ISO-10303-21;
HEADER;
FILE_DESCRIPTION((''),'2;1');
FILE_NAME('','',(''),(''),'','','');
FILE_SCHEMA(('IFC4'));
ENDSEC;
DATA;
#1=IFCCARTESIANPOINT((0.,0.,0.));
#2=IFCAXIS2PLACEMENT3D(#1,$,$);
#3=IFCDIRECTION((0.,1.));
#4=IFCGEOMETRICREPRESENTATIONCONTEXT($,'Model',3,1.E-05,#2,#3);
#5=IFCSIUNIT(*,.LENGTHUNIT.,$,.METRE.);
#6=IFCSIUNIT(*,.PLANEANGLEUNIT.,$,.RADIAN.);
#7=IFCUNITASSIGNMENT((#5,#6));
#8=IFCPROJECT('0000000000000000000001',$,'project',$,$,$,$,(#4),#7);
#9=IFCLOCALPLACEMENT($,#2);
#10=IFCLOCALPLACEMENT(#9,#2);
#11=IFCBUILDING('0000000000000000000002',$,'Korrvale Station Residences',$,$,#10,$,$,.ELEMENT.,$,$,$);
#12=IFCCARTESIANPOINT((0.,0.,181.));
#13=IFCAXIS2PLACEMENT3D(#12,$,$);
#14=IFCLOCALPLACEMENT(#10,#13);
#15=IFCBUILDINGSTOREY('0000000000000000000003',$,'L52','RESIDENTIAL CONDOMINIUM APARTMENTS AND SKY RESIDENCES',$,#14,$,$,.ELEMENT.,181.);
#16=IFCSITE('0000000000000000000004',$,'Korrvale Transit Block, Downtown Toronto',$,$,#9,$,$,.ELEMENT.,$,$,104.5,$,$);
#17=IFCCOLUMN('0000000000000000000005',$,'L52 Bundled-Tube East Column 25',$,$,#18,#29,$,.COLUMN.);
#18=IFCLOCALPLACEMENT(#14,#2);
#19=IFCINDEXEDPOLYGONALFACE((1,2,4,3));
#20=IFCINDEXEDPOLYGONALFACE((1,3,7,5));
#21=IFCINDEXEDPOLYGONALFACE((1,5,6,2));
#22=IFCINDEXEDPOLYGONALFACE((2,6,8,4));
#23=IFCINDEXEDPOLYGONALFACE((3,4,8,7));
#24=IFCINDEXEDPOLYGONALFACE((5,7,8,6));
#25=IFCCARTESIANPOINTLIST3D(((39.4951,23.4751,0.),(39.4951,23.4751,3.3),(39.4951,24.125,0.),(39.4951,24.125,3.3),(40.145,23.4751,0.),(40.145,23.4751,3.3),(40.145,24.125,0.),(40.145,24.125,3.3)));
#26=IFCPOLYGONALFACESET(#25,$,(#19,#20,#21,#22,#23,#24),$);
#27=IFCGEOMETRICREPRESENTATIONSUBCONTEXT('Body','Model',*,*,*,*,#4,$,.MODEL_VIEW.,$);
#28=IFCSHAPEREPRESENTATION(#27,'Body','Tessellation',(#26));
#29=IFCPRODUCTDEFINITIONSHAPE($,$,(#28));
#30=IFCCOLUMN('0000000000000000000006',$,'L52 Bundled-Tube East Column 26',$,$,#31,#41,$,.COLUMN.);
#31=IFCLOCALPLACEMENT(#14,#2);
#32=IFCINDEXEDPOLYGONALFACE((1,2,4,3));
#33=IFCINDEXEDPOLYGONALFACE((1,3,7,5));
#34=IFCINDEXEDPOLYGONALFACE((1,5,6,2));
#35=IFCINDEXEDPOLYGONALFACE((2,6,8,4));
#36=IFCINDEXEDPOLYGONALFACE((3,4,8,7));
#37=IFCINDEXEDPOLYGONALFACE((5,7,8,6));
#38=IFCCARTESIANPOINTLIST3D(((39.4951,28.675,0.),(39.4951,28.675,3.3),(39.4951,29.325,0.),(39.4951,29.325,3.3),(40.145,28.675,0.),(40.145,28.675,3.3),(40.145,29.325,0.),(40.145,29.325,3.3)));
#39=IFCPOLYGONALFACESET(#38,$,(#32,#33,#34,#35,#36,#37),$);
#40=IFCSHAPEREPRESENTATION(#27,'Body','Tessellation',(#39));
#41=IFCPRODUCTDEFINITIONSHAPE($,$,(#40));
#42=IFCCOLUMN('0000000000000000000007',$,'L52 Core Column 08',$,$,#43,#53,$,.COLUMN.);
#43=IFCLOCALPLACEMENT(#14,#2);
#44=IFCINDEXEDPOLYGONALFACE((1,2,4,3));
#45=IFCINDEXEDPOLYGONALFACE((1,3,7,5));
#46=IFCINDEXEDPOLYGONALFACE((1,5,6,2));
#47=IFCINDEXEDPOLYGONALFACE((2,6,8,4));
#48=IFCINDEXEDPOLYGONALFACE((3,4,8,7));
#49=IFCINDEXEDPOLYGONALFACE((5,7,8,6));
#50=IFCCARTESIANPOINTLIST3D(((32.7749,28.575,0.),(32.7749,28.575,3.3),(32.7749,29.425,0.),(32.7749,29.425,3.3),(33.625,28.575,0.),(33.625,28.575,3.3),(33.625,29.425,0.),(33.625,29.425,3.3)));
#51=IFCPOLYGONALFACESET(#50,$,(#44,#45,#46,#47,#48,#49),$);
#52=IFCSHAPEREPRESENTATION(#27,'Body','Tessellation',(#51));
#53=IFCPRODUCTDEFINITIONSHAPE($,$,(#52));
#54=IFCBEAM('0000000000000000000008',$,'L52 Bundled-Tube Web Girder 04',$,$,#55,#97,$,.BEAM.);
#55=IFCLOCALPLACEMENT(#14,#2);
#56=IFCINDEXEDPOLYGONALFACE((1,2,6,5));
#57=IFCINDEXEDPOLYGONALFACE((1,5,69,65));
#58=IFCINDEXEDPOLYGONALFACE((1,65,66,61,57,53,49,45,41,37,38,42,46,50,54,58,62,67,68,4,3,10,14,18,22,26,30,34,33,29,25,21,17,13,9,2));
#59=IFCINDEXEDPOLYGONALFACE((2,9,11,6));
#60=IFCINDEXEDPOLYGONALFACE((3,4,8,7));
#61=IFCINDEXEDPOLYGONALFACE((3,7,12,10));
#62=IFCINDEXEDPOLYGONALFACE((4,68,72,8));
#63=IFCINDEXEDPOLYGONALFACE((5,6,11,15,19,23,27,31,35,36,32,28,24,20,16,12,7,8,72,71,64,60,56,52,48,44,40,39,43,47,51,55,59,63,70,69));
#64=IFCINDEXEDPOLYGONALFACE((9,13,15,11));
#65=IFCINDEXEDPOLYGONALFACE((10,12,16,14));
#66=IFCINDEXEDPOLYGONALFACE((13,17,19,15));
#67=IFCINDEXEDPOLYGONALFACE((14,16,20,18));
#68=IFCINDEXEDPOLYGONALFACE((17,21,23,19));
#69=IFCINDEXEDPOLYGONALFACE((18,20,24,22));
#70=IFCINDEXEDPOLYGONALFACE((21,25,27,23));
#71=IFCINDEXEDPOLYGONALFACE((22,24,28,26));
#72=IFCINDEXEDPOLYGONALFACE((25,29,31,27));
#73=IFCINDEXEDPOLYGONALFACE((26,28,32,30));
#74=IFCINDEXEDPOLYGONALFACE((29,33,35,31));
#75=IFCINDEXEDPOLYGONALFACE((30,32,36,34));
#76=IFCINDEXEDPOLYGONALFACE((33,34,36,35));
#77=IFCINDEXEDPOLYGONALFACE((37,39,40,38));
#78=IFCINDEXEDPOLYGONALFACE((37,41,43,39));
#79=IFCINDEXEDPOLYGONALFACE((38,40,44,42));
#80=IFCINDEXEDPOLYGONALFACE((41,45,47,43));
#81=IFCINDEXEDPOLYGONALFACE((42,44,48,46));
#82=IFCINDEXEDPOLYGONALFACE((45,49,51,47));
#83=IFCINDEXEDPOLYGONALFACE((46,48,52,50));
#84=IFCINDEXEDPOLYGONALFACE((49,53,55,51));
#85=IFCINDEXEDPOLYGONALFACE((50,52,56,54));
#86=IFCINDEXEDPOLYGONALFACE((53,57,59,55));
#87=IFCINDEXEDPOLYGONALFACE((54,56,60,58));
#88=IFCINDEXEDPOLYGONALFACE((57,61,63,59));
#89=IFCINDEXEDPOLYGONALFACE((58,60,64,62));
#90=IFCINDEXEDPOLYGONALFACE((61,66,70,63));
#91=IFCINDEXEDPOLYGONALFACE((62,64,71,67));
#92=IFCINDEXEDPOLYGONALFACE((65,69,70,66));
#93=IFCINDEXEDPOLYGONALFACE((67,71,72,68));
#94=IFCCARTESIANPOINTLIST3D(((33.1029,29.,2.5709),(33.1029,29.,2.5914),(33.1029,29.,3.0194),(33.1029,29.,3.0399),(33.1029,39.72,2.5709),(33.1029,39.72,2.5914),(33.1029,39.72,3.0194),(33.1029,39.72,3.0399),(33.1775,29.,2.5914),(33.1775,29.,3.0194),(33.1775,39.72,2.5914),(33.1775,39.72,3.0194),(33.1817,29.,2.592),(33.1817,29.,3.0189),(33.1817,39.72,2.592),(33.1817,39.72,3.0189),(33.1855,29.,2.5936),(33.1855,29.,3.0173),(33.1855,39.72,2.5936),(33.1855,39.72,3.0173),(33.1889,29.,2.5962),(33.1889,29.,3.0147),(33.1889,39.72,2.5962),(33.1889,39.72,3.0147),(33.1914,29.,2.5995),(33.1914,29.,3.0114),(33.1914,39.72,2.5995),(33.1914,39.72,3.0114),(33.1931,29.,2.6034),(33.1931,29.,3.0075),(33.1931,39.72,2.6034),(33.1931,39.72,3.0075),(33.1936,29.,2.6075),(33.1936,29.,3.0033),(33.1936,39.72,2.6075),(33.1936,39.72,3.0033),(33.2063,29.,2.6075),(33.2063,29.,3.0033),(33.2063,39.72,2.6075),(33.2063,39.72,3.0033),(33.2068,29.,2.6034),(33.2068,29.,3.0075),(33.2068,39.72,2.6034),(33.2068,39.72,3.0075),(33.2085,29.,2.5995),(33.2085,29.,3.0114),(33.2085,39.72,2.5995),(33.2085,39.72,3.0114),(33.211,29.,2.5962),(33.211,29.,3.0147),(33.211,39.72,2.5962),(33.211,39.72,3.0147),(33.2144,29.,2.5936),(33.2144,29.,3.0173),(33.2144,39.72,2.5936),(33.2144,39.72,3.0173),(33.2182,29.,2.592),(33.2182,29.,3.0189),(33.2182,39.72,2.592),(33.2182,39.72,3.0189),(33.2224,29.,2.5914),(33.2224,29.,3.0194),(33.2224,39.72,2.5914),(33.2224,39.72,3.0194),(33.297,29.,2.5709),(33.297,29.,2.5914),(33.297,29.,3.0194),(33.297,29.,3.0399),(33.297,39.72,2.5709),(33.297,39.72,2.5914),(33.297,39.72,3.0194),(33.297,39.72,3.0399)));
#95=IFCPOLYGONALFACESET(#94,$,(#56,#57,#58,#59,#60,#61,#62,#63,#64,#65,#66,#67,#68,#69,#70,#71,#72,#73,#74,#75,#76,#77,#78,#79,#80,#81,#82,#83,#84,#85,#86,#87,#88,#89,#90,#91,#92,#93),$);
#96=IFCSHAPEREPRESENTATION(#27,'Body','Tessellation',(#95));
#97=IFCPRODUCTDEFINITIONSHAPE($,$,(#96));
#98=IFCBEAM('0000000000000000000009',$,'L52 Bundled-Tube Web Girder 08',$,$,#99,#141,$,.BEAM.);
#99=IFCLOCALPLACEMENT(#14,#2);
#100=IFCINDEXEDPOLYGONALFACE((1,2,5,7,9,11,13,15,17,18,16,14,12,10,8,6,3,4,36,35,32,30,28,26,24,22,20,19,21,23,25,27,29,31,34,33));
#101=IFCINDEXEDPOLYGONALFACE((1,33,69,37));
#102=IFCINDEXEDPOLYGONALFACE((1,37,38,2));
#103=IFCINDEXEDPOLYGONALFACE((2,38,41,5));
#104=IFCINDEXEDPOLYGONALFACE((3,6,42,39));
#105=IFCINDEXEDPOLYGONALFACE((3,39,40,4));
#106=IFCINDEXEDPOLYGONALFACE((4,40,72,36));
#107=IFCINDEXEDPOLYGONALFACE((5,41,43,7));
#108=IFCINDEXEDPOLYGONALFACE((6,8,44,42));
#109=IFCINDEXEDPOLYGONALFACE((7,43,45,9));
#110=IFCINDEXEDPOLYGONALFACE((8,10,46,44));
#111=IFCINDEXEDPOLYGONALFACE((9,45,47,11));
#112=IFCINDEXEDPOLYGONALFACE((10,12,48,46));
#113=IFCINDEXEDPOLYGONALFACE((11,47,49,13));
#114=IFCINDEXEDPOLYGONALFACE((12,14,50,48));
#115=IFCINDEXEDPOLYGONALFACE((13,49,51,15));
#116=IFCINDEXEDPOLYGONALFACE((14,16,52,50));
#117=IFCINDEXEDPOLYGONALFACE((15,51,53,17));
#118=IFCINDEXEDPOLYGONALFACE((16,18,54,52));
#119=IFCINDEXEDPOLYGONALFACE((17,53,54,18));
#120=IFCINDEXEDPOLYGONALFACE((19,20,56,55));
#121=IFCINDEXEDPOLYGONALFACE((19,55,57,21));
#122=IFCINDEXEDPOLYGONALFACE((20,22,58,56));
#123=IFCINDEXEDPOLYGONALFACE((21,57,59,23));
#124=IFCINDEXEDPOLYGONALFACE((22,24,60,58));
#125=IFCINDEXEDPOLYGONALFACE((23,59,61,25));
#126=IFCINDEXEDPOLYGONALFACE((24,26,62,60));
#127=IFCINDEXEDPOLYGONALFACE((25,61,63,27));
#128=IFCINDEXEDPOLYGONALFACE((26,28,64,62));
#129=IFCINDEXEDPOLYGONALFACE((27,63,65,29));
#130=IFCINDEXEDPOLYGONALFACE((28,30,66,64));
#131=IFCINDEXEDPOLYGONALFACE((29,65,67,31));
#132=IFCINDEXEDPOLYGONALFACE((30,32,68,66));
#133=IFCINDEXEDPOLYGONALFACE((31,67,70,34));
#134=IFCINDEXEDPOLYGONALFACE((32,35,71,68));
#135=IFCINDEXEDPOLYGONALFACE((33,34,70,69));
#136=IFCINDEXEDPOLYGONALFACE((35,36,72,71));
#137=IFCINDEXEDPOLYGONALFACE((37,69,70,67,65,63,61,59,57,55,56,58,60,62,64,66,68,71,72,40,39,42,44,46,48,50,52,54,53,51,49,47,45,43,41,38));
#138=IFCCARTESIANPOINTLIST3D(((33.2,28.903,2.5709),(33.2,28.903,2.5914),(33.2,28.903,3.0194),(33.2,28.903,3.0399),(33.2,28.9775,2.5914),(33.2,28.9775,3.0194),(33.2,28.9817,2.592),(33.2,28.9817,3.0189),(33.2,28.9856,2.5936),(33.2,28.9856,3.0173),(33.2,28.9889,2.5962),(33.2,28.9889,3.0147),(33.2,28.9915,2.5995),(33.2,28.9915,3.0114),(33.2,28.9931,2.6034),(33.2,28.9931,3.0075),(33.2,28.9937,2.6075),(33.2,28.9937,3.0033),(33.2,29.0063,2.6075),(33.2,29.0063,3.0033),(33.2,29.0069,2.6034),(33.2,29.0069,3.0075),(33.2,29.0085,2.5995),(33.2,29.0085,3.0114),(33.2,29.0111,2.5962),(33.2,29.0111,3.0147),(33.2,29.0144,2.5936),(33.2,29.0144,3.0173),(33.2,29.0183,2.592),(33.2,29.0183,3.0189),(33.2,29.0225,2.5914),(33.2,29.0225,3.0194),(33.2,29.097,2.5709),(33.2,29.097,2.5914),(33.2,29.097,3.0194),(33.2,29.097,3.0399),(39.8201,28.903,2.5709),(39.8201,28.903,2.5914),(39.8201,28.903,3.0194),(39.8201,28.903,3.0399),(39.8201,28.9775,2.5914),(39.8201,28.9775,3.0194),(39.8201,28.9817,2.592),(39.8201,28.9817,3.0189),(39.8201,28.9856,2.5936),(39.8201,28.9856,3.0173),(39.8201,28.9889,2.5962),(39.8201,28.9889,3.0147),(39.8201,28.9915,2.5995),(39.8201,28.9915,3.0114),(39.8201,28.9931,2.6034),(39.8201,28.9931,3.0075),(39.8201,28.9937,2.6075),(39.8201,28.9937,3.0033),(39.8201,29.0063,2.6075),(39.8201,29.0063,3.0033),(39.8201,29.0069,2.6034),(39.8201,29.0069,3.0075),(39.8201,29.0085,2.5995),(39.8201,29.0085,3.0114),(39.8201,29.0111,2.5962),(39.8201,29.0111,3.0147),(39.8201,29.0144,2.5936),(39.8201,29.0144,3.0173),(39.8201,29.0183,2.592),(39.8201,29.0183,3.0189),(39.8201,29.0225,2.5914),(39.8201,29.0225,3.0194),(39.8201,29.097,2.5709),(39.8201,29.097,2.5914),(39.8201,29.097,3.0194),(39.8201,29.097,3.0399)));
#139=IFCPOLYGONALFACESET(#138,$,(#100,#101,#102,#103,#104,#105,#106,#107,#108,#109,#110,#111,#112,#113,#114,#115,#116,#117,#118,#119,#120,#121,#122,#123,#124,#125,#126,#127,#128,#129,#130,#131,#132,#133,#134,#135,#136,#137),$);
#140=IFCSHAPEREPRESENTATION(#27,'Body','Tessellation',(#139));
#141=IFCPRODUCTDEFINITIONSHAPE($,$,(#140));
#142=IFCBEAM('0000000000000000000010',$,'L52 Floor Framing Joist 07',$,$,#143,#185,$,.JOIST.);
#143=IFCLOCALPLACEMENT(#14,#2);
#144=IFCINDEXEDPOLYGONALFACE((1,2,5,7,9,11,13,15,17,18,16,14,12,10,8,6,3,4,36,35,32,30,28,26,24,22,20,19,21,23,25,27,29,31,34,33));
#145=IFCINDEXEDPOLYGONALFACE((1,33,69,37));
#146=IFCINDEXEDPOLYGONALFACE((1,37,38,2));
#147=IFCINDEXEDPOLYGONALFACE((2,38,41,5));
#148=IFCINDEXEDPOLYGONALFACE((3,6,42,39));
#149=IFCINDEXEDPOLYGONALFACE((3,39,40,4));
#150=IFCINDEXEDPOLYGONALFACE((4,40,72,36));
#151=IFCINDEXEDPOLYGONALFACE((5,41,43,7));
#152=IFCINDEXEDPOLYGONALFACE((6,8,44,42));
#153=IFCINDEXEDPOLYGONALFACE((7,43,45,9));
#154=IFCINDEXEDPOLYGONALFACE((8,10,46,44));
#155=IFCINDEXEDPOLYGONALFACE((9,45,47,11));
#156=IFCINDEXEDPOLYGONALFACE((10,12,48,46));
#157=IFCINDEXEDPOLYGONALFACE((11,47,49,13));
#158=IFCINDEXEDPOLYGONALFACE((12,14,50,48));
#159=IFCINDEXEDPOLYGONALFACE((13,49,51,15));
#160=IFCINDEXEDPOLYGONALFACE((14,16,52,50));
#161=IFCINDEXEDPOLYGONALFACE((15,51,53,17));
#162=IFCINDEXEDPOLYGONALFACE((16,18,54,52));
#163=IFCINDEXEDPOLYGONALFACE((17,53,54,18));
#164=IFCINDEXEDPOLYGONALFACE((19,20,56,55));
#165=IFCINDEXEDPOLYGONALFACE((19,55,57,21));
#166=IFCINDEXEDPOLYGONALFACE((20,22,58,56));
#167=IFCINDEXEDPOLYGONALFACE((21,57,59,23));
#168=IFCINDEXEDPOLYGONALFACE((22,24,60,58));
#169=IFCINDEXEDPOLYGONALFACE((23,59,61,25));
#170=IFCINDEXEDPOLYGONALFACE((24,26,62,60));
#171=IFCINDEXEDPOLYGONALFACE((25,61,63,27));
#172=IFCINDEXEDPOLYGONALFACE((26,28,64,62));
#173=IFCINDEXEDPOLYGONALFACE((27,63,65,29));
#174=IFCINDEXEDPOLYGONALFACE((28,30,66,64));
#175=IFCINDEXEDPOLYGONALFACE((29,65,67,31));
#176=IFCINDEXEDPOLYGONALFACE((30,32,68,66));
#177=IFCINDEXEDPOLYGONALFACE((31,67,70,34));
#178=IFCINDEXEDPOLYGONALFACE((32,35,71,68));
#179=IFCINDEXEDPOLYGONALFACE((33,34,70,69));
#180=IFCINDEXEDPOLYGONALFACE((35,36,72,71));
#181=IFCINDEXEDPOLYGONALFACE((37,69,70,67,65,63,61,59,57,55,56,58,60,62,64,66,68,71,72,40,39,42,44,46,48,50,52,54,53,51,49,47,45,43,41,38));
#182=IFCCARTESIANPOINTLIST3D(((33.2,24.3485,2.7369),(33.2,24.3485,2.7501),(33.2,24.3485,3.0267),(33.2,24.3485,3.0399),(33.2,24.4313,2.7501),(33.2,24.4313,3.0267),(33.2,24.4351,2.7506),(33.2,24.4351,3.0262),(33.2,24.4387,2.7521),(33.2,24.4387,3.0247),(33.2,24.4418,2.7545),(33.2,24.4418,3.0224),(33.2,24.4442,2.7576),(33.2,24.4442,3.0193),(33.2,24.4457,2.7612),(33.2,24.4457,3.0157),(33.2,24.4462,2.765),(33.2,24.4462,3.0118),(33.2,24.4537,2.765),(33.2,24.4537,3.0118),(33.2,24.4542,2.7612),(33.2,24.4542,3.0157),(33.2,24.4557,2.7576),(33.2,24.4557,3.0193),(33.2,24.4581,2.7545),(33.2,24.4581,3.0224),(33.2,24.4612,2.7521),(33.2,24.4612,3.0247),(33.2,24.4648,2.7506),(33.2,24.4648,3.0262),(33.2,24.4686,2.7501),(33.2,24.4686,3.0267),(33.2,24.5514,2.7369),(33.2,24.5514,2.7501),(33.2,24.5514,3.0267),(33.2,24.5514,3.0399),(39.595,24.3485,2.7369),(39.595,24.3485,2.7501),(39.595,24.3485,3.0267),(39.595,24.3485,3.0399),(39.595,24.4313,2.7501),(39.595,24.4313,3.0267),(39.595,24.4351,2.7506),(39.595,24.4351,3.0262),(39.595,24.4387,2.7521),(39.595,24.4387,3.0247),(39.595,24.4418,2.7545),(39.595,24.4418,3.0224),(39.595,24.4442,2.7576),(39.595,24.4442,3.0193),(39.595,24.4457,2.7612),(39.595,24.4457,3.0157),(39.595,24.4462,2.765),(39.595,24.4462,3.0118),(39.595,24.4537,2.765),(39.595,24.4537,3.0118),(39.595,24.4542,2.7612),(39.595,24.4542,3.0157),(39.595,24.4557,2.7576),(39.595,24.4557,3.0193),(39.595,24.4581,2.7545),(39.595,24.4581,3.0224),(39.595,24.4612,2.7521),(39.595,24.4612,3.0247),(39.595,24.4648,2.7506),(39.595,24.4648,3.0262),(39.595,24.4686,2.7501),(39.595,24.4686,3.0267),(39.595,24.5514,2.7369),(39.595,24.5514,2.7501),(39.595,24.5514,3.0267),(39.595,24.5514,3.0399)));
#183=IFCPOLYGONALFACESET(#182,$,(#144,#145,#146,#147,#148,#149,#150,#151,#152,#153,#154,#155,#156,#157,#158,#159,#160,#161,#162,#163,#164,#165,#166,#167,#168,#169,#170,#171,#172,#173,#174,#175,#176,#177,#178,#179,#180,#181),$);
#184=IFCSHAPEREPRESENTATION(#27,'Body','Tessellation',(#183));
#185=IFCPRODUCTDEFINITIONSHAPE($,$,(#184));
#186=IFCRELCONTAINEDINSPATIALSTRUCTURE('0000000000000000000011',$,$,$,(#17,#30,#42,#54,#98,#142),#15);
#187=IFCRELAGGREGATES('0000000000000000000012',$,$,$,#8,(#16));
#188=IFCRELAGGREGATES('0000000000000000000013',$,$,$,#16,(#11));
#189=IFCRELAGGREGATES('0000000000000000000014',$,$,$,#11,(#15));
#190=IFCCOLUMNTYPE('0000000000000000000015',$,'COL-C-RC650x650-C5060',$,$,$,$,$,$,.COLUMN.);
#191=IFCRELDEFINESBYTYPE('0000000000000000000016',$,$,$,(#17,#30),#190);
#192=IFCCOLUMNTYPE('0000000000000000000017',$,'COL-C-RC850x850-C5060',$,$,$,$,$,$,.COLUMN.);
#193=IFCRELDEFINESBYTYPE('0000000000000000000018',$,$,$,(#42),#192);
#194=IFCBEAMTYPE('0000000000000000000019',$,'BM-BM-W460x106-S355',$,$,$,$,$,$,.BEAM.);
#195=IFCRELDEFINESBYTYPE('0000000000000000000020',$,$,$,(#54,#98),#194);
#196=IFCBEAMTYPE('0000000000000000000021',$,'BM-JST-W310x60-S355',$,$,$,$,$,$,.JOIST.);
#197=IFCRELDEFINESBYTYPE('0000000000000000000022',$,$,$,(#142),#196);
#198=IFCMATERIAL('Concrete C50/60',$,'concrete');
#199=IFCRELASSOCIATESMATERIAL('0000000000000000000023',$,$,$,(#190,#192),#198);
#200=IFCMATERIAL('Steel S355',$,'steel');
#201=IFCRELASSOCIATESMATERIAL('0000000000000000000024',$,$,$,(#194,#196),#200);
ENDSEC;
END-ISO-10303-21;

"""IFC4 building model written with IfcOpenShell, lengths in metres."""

from ifc_helpers import new_model, si_unit, direction, frame, origin, origin_2d, place, context, subcontext, project, spatial, rectangle, i_section, extrude, material, material_profile, profile_set, type_object, element, save


model = new_model("IFC4")

# Units and contexts
model_context = context("Model", 3, precision=1e-05, world=origin(), true_north=direction((0.0, 1.0)))
body_context = subcontext(model_context, "Body", "Model", "MODEL_VIEW")
ifc_project = project(units=[si_unit("LENGTHUNIT", "METRE"), si_unit("PLANEANGLEUNIT", "RADIAN")], contexts=[model_context])

# Site, building, storey
site_placement = place(None, origin())
site = spatial("IfcSite", under=ifc_project, at=site_placement, Name="Korrvale Transit Block, Downtown Toronto", CompositionType="ELEMENT", RefElevation=104.5)
building_placement = place(site_placement, origin())
building = spatial("IfcBuilding", under=site, at=building_placement, Name="Korrvale Station Residences", CompositionType="ELEMENT")
storey_placement = place(building_placement, frame((0.0, 0.0, 181.0)))
storey = spatial("IfcBuildingStorey", under=building, at=storey_placement, Name="L52", Description="RESIDENTIAL CONDOMINIUM APARTMENTS AND SKY RESIDENCES", CompositionType="ELEMENT", Elevation=181.0)

# Columns
ifc_material_1 = material(Name="Concrete C50/60", Category="concrete")
ifc_material_profile_1 = material_profile(ifc_material_1, rectangle(XDim=0.6499, YDim=0.6499, at=origin_2d()), Name="RC650x650")
ifc_profile_set_1 = profile_set([ifc_material_profile_1], Name="Concrete C50/60")
column_type_1 = type_object("IfcColumnType", Name="COL-C-RC650x650-C5060", PredefinedType="COLUMN", material=ifc_profile_set_1)
for number, where, z_axis, x_axis, name in (
    (1, (39.8201, 23.8, 0.0), (0.0, 0.0, 1.0), (1.0, 0.0, 0.0), "L52 Bundled-Tube East Column 25"),
    (2, (39.8201, 29.0, 0.0), (0.0, 0.0, 1.0), (1.0, 0.0, 0.0), "L52 Bundled-Tube East Column 26"),
):
    element("IfcColumn", number, at=place(storey_placement, frame(where, z_axis=z_axis, x_axis=x_axis)), inside=storey, type_object=column_type_1, Name=name, PredefinedType="COLUMN", context=body_context, shape_type="SweptSolid", body=[
        extrude(rectangle(XDim=0.6499, YDim=0.6499, at=origin_2d()), origin(), (0.0, 0.0, 1.0), 3.3),
    ])
ifc_material_profile_2 = material_profile(ifc_material_1, rectangle(XDim=0.8501, YDim=0.8501, at=origin_2d()), Name="RC850x850")
ifc_profile_set_2 = profile_set([ifc_material_profile_2], Name="Concrete C50/60")
column_type_2 = type_object("IfcColumnType", Name="COL-C-RC850x850-C5060", PredefinedType="COLUMN", material=ifc_profile_set_2)
column_placement = place(storey_placement, frame((33.2, 29.0, 0.0), z_axis=(0.0, 0.0, 1.0), x_axis=(1.0, 0.0, 0.0)))
element("IfcColumn", 3, at=column_placement, inside=storey, type_object=column_type_2, Name="L52 Core Column 08", PredefinedType="COLUMN", context=body_context, shape_type="SweptSolid", body=[
    extrude(rectangle(XDim=0.8501, YDim=0.8501, at=origin_2d()), origin(), (0.0, 0.0, 1.0), 3.3),
])

# Beams
ifc_material_2 = material(Name="Steel S355", Category="steel")
ifc_material_profile_3 = material_profile(ifc_material_2, i_section(OverallWidth=0.1941, OverallDepth=0.469, WebThickness=0.0127, FlangeThickness=0.0205, FilletRadius=0.0161, at=origin_2d()), Name="W460x106")
ifc_profile_set_3 = profile_set([ifc_material_profile_3], Name="Steel S355")
beam_type_1 = type_object("IfcBeamType", Name="BM-BM-W460x106-S355", PredefinedType="BEAM", material=ifc_profile_set_3)
beam_1_placement = place(storey_placement, frame((33.2, 29.0, 2.8054), z_axis=(0.0, 1.0, 0.0), x_axis=(-1.0, 0.0, 0.0)))
element("IfcBeam", 4, at=beam_1_placement, inside=storey, type_object=beam_type_1, Name="L52 Bundled-Tube Web Girder 04", PredefinedType="BEAM", context=body_context, shape_type="SweptSolid", body=[
    extrude(i_section(OverallWidth=0.1941, OverallDepth=0.469, WebThickness=0.0127, FlangeThickness=0.0205, FilletRadius=0.0161, at=origin_2d()), origin(), (0.0, 0.0, 1.0), 10.72),
])
beam_2_placement = place(storey_placement, frame((33.2, 29.0, 2.8054), z_axis=(1.0, 0.0, 0.0), x_axis=(0.0, 1.0, 0.0)))
element("IfcBeam", 5, at=beam_2_placement, inside=storey, type_object=beam_type_1, Name="L52 Bundled-Tube Web Girder 08", PredefinedType="BEAM", context=body_context, shape_type="SweptSolid", body=[
    extrude(i_section(OverallWidth=0.1941, OverallDepth=0.469, WebThickness=0.0127, FlangeThickness=0.0205, FilletRadius=0.0161, at=origin_2d()), origin(), (0.0, 0.0, 1.0), 6.6201),
])
ifc_material_profile_4 = material_profile(ifc_material_2, i_section(OverallWidth=0.2029, OverallDepth=0.303, WebThickness=0.0076, FlangeThickness=0.0132, FilletRadius=0.0149, at=origin_2d()), Name="W310x60")
ifc_profile_set_4 = profile_set([ifc_material_profile_4], Name="Steel S355")
beam_type_2 = type_object("IfcBeamType", Name="BM-JST-W310x60-S355", PredefinedType="JOIST", material=ifc_profile_set_4)
beam_3_placement = place(storey_placement, frame((33.2, 24.45, 2.8884), z_axis=(1.0, 0.0, 0.0), x_axis=(0.0, 1.0, 0.0)))
element("IfcBeam", 6, at=beam_3_placement, inside=storey, type_object=beam_type_2, Name="L52 Floor Framing Joist 07", PredefinedType="JOIST", context=body_context, shape_type="SweptSolid", body=[
    extrude(i_section(OverallWidth=0.2029, OverallDepth=0.303, WebThickness=0.0076, FlangeThickness=0.0132, FilletRadius=0.0149, at=origin_2d()), origin(), (0.0, 0.0, 1.0), 6.395),
])

save(model, "model.ifc")
